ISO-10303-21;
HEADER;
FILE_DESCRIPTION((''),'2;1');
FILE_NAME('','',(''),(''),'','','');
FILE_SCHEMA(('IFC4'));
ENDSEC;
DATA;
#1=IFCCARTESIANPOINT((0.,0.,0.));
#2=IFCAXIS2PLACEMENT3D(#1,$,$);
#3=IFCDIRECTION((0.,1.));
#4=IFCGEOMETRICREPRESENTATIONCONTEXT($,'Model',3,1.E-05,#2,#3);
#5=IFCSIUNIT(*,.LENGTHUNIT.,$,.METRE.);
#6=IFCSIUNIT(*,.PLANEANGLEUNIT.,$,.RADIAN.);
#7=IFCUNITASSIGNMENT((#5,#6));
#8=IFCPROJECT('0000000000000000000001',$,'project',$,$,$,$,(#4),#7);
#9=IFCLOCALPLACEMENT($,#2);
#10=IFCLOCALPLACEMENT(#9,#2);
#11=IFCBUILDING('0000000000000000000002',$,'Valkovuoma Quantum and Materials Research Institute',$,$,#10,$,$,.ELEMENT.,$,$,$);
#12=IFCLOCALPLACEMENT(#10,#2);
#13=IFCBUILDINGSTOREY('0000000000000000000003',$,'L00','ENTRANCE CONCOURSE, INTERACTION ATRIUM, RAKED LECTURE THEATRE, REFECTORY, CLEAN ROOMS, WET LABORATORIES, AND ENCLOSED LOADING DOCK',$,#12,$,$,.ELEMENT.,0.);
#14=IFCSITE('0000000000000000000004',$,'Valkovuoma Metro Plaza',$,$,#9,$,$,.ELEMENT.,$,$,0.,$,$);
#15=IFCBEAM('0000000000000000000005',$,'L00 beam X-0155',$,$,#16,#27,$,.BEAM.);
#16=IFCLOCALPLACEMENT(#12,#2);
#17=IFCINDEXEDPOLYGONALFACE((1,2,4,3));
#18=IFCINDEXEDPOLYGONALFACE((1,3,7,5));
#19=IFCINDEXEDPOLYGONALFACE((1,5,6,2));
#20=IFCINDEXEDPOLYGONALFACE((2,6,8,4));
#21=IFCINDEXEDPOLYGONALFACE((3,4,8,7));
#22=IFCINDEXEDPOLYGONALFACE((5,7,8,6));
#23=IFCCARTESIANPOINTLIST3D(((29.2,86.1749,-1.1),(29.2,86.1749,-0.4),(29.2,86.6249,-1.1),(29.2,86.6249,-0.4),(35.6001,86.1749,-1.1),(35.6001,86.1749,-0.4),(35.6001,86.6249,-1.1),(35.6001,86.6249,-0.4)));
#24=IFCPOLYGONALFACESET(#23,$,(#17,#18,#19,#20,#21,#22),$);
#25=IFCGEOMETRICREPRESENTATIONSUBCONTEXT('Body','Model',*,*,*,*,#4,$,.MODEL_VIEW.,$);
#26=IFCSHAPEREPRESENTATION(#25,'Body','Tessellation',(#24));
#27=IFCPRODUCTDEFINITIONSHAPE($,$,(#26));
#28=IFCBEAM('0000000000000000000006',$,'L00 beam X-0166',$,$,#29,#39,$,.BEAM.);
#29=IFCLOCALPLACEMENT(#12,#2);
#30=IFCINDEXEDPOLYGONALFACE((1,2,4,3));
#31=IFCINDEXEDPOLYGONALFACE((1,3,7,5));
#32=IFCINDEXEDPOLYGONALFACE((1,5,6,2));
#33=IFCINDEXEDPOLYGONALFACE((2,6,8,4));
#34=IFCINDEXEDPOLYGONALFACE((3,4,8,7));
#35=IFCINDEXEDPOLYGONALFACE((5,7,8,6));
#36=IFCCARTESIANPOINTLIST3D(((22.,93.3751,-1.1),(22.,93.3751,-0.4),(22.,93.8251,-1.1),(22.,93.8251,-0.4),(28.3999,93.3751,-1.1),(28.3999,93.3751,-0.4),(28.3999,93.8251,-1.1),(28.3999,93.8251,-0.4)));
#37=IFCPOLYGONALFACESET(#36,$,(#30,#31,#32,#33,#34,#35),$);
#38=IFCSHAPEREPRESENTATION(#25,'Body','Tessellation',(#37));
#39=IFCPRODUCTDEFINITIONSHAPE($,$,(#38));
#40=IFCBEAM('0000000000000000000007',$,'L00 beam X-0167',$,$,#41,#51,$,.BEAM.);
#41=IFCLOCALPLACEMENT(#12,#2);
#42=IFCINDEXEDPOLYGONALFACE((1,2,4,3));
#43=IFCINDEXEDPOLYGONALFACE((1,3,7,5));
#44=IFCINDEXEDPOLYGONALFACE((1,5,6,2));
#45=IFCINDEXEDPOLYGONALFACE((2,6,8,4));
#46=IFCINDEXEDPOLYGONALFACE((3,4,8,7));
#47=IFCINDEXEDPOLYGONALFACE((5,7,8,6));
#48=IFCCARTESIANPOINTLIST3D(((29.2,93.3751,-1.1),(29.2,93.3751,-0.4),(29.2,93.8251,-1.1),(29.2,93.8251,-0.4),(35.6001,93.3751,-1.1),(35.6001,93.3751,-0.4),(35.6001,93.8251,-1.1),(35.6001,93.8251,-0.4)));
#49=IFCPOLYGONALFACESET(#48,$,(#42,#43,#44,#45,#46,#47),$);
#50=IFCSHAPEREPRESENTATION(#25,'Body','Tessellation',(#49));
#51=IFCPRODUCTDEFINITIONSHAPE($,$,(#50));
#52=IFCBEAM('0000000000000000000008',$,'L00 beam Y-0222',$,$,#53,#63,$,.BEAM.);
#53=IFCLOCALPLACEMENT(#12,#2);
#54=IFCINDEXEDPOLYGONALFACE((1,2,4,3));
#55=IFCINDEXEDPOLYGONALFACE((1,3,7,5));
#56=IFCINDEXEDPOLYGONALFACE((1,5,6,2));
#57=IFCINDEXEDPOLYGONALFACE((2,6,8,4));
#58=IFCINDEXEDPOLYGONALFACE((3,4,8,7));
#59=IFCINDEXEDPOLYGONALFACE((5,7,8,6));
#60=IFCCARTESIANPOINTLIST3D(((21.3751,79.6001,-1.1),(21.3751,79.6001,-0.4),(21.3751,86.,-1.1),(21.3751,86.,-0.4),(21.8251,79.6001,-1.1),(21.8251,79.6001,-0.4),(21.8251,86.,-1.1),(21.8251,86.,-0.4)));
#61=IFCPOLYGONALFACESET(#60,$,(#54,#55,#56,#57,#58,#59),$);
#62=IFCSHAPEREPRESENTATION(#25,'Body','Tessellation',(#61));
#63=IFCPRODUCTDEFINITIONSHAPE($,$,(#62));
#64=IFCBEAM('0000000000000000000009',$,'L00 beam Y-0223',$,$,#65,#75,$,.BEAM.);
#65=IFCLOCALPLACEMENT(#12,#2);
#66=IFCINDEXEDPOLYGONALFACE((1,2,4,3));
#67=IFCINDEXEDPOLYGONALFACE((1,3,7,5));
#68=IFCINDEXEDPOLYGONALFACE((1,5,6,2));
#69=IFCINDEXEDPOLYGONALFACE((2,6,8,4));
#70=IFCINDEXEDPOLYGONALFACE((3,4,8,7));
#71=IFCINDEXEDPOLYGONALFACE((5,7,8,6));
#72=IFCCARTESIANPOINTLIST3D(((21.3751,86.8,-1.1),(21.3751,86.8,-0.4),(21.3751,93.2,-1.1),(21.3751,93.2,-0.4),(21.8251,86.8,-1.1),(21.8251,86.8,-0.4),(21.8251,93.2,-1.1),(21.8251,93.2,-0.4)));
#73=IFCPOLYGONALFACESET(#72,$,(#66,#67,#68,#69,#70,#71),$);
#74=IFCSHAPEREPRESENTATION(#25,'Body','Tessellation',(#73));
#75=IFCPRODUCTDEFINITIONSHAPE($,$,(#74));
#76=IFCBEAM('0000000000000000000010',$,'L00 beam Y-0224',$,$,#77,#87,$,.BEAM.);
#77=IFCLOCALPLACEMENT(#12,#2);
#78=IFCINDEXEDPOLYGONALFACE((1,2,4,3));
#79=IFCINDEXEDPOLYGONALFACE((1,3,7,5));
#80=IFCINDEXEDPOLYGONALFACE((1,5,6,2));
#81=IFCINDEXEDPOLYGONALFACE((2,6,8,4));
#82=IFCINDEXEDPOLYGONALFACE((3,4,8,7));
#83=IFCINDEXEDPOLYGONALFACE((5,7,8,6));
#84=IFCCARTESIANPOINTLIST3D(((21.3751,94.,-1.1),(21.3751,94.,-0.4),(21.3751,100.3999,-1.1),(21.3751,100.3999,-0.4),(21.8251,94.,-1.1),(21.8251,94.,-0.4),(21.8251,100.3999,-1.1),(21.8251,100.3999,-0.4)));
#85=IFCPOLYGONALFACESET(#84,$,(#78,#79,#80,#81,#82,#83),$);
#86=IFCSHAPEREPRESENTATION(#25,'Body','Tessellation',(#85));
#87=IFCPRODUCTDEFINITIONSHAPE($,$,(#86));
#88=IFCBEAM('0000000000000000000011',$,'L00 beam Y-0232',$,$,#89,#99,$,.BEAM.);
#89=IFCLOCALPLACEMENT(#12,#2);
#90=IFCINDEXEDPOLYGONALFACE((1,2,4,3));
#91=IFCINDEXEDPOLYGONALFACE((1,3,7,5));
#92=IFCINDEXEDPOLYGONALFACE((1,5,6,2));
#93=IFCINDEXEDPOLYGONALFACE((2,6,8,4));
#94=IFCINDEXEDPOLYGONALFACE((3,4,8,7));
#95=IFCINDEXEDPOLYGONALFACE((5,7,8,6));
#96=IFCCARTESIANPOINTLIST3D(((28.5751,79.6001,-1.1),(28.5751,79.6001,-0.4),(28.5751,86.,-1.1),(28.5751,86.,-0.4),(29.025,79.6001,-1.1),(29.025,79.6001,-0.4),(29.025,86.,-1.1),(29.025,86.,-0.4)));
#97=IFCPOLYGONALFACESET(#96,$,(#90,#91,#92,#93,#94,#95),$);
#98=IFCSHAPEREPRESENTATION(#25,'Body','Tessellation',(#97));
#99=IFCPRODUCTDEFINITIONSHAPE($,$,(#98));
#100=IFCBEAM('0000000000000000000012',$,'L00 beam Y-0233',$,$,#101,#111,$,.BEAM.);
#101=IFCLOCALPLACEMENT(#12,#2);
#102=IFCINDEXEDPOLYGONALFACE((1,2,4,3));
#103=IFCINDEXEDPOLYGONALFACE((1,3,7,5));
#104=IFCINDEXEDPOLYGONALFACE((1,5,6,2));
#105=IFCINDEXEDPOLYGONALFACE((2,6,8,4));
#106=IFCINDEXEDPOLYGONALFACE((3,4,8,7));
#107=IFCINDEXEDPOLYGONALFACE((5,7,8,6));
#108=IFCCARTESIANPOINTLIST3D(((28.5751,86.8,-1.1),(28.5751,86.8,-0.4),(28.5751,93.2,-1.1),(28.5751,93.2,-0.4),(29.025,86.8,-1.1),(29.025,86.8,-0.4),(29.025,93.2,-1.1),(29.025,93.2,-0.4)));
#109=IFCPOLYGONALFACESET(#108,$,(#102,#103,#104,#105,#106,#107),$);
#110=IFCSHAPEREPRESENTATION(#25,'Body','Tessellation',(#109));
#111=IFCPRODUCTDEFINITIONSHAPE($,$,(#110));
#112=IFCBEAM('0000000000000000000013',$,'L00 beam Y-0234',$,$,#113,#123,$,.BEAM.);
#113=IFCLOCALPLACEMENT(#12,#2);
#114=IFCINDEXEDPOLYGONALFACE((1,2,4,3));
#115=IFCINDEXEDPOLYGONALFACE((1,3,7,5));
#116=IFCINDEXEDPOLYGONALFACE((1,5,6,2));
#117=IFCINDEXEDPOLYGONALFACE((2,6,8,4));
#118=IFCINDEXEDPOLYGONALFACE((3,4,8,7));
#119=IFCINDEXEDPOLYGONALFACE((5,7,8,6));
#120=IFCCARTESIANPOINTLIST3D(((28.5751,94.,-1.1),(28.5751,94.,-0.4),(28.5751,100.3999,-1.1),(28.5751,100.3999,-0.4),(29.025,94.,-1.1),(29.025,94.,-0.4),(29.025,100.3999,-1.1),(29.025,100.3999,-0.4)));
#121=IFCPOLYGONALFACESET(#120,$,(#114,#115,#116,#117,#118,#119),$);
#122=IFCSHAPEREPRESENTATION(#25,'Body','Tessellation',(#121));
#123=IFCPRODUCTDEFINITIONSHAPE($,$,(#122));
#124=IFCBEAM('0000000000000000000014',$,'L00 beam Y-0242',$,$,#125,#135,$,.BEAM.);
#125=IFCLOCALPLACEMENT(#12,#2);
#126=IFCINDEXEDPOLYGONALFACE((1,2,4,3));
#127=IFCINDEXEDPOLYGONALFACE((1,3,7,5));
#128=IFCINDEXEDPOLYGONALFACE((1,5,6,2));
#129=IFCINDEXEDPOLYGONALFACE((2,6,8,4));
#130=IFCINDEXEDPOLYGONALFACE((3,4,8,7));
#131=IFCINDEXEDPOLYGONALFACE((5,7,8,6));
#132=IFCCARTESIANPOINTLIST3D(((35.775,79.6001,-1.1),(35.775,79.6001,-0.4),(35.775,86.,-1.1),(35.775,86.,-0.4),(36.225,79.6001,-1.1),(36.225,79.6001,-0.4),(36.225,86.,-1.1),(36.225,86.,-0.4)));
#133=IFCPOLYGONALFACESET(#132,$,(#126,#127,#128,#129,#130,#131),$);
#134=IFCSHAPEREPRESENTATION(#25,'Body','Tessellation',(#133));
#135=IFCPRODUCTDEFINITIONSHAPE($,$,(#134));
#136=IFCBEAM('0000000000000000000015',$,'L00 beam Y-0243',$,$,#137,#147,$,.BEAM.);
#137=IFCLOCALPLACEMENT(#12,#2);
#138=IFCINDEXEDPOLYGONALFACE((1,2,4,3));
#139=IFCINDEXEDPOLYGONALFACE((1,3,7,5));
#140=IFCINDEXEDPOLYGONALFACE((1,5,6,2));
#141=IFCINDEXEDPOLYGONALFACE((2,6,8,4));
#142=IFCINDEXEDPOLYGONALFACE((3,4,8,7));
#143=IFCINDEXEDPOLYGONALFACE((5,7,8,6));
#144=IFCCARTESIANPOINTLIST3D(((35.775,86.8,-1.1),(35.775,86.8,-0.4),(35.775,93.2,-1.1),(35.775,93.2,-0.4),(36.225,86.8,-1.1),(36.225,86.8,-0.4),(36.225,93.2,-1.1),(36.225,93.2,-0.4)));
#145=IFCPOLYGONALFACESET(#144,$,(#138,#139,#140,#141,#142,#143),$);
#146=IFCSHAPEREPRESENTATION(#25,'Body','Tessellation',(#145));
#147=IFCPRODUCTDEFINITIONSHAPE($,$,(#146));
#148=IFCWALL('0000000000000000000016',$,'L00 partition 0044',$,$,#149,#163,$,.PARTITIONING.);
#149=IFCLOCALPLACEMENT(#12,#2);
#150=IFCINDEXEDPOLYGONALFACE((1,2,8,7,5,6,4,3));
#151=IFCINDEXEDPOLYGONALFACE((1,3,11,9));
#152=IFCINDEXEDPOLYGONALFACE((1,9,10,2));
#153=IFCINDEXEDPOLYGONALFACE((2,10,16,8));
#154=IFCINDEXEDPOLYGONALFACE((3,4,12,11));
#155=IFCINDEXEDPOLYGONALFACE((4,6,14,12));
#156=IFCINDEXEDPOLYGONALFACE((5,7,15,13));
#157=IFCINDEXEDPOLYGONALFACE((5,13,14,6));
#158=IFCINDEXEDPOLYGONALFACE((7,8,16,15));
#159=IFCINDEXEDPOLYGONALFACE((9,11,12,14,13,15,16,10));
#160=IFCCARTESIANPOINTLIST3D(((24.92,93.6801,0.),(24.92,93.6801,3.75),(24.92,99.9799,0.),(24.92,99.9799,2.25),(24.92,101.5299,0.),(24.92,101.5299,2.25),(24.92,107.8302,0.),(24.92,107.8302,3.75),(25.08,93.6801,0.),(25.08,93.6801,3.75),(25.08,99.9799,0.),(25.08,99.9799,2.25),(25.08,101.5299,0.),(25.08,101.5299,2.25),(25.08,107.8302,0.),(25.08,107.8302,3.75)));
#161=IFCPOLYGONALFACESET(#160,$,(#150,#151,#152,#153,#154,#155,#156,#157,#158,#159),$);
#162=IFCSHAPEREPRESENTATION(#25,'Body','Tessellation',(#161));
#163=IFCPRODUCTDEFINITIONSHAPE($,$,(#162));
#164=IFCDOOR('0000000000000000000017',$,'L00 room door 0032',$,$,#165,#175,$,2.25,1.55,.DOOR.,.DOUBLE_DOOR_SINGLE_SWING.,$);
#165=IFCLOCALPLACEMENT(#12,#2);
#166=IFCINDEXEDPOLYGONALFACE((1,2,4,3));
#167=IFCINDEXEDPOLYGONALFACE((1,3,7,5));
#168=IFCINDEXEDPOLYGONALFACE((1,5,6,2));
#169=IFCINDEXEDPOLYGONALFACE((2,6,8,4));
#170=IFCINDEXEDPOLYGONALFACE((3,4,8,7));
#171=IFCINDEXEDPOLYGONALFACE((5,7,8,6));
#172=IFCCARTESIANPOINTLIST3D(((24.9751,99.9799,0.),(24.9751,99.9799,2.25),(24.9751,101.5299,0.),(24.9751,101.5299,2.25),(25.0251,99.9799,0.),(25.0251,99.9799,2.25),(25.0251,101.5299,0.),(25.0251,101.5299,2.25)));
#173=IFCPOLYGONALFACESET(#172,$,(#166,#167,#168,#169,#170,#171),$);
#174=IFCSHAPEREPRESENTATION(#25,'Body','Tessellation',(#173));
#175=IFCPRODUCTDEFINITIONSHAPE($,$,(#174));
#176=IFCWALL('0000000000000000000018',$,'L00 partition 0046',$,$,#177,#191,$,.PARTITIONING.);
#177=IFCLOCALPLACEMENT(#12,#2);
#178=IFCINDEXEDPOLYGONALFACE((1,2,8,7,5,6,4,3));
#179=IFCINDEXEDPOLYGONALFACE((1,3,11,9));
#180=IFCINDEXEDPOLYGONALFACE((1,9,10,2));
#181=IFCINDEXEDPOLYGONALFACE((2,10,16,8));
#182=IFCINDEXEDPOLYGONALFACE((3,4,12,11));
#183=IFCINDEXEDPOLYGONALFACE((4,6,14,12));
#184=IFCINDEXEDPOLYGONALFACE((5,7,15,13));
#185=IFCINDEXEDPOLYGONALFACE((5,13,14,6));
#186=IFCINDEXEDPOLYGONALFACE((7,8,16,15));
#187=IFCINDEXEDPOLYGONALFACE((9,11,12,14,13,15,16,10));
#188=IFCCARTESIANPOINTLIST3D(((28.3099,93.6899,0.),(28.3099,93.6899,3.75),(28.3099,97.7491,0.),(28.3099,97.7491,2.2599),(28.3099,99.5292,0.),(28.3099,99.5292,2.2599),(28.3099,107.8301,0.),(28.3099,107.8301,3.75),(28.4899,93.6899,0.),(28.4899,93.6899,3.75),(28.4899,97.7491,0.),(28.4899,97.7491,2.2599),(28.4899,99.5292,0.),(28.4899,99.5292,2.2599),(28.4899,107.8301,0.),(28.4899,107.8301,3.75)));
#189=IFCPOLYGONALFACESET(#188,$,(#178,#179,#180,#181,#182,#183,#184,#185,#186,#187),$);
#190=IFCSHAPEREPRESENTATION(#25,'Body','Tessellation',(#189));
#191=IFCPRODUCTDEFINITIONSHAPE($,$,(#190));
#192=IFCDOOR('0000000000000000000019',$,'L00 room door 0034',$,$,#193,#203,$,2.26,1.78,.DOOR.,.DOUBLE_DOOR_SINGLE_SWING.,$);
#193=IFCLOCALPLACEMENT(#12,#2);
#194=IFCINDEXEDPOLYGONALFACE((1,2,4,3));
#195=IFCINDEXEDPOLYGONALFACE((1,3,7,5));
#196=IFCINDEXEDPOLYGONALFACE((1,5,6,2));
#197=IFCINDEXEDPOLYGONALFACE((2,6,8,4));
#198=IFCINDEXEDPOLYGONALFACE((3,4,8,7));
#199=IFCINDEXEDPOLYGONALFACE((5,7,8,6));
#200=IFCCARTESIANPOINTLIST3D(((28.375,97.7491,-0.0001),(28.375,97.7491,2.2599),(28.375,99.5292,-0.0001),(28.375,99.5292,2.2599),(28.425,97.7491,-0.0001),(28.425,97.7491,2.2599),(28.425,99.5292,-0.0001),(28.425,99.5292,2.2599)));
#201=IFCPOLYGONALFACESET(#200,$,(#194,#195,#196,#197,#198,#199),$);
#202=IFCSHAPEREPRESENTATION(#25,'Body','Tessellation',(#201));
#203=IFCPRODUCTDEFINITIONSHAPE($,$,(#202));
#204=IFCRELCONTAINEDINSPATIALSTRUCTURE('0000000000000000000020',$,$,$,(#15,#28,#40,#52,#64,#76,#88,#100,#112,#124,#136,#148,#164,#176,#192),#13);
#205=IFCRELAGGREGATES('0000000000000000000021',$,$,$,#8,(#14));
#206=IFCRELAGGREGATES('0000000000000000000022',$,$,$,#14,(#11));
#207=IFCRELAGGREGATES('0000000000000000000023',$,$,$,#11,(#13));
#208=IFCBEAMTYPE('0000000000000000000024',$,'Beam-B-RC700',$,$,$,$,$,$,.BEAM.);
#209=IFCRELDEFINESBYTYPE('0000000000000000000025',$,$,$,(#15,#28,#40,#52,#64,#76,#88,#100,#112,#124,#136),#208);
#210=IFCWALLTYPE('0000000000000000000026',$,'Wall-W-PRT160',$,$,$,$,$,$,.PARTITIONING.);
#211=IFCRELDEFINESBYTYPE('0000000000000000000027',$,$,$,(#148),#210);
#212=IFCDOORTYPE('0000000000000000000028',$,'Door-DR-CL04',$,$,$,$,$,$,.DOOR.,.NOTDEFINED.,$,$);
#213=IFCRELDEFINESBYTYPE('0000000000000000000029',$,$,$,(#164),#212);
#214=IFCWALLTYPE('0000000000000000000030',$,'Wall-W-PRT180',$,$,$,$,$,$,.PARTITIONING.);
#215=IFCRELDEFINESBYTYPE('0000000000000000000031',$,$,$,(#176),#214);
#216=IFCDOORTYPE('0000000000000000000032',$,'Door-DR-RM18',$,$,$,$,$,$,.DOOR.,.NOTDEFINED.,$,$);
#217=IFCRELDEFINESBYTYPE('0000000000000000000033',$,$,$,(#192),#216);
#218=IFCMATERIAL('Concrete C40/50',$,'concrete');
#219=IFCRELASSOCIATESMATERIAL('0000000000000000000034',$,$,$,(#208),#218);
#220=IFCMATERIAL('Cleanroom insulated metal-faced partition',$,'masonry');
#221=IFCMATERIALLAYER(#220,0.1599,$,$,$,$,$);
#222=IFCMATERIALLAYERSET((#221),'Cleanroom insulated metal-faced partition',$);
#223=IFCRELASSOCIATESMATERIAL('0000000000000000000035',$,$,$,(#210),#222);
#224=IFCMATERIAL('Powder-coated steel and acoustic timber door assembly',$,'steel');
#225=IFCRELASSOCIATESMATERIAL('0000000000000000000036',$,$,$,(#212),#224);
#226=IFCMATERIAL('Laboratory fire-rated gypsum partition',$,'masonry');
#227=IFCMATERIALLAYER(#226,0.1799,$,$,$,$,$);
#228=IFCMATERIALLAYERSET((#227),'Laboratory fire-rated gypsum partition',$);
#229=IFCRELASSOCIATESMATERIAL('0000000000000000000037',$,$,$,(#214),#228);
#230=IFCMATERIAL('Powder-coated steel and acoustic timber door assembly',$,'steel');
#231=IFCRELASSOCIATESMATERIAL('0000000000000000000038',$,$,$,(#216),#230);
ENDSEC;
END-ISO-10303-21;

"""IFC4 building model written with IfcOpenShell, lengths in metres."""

from ifc_helpers import new_model, si_unit, direction, frame, frame_2d, origin, origin_2d, place, context, subcontext, project, spatial, rectangle, extrude, material, layer, layer_set, material_profile, profile_set, type_object, element, fill, save


model = new_model("IFC4")

# Units and contexts
model_context = context("Model", 3, precision=1e-05, world=origin(), true_north=direction((0.0, 1.0)))
body_context = subcontext(model_context, "Body", "Model", "MODEL_VIEW")
ifc_project = project(units=[si_unit("LENGTHUNIT", "METRE"), si_unit("PLANEANGLEUNIT", "RADIAN")], contexts=[model_context])

# Site, building, storey
site_placement = place(None, origin())
site = spatial("IfcSite", under=ifc_project, at=site_placement, Name="Valkovuoma Metro Plaza", CompositionType="ELEMENT", RefElevation=0.0)
building_placement = place(site_placement, origin())
building = spatial("IfcBuilding", under=site, at=building_placement, Name="Valkovuoma Quantum and Materials Research Institute", CompositionType="ELEMENT")
storey_placement = place(building_placement, origin())
storey = spatial("IfcBuildingStorey", under=building, at=storey_placement, Name="L00", Description="ENTRANCE CONCOURSE, INTERACTION ATRIUM, RAKED LECTURE THEATRE, REFECTORY, CLEAN ROOMS, WET LABORATORIES, AND ENCLOSED LOADING DOCK", CompositionType="ELEMENT", Elevation=0.0)

# Beams
ifc_material_1 = material(Name="Concrete C40/50", Category="concrete")
ifc_material_profile_1 = material_profile(ifc_material_1, rectangle(XDim=0.45, YDim=0.7, at=origin_2d()), Name="Concrete C40/50")
ifc_profile_set_1 = profile_set([ifc_material_profile_1], Name="Concrete C40/50")
beam_type_1 = type_object("IfcBeamType", Name="Beam-B-RC700", PredefinedType="BEAM", material=ifc_profile_set_1)
beam_1_placement = place(storey_placement, frame((29.2, 86.3999, -0.75), z_axis=(1.0, 0.0, 0.0), x_axis=(0.0, 1.0, 0.0)))
element("IfcBeam", 1, at=beam_1_placement, inside=storey, type_object=beam_type_1, Name="L00 beam X-0155", PredefinedType="BEAM", context=body_context, shape_type="SweptSolid", body=[
    extrude(rectangle(XDim=0.45, YDim=0.7, at=origin_2d()), origin(), (0.0, 0.0, 1.0), 6.4001),
])
beam_2_placement = place(storey_placement, frame((22.0, 93.6001, -0.75), z_axis=(1.0, 0.0, 0.0), x_axis=(0.0, 1.0, 0.0)))
element("IfcBeam", 2, at=beam_2_placement, inside=storey, type_object=beam_type_1, Name="L00 beam X-0166", PredefinedType="BEAM", context=body_context, shape_type="SweptSolid", body=[
    extrude(rectangle(XDim=0.45, YDim=0.7, at=origin_2d()), origin(), (0.0, 0.0, 1.0), 6.3999),
])
beam_3_placement = place(storey_placement, frame((29.2, 93.6001, -0.75), z_axis=(1.0, 0.0, 0.0), x_axis=(0.0, 1.0, 0.0)))
element("IfcBeam", 3, at=beam_3_placement, inside=storey, type_object=beam_type_1, Name="L00 beam X-0167", PredefinedType="BEAM", context=body_context, shape_type="SweptSolid", body=[
    extrude(rectangle(XDim=0.45, YDim=0.7, at=origin_2d()), origin(), (0.0, 0.0, 1.0), 6.4001),
])
for number, where, z_axis, x_axis, name in (
    (4, (21.6001, 79.6001, -0.75), (0.0, 1.0, 0.0), (-1.0, 0.0, 0.0), "L00 beam Y-0222"),
    (5, (21.6001, 86.8, -0.75), (0.0, 1.0, 0.0), (-1.0, 0.0, 0.0), "L00 beam Y-0223"),
    (6, (21.6001, 94.0, -0.75), (0.0, 1.0, 0.0), (-1.0, 0.0, 0.0), "L00 beam Y-0224"),
    (7, (28.8, 79.6001, -0.75), (0.0, 1.0, 0.0), (-1.0, 0.0, 0.0), "L00 beam Y-0232"),
    (8, (28.8, 86.8, -0.75), (0.0, 1.0, 0.0), (-1.0, 0.0, 0.0), "L00 beam Y-0233"),
    (9, (28.8, 94.0, -0.75), (0.0, 1.0, 0.0), (-1.0, 0.0, 0.0), "L00 beam Y-0234"),
    (10, (36.0, 79.6001, -0.75), (0.0, 1.0, 0.0), (-1.0, 0.0, 0.0), "L00 beam Y-0242"),
    (11, (36.0, 86.8, -0.75), (0.0, 1.0, 0.0), (-1.0, 0.0, 0.0), "L00 beam Y-0243"),
):
    element("IfcBeam", number, at=place(storey_placement, frame(where, z_axis=z_axis, x_axis=x_axis)), inside=storey, type_object=beam_type_1, Name=name, PredefinedType="BEAM", context=body_context, shape_type="SweptSolid", body=[
        extrude(rectangle(XDim=0.45, YDim=0.7, at=origin_2d()), origin(), (0.0, 0.0, 1.0), 6.3999),
    ])

# Walls, openings, doors
ifc_material_2 = material(Name="Cleanroom insulated metal-faced partition", Category="masonry")
ifc_layer_1 = layer(ifc_material_2, 0.1599)
ifc_layer_set_1 = layer_set([ifc_layer_1], Name="Cleanroom insulated metal-faced partition")
wall_type_1 = type_object("IfcWallType", Name="Wall-W-PRT160", PredefinedType="PARTITIONING", material=ifc_layer_set_1)
wall_1_placement = place(storey_placement, frame((25.0, 93.6799, 0.0), z_axis=(0.0, 0.0, 1.0), x_axis=(0.0, 1.0, 0.0)))
wall_1 = element("IfcWall", 12, at=wall_1_placement, inside=storey, type_object=wall_type_1, Name="L00 partition 0044", PredefinedType="PARTITIONING", context=body_context, shape_type="SweptSolid", body=[
    extrude(rectangle(XDim=14.1501, YDim=0.1599, at=frame_2d((7.0752, 0.0))), origin(), (0.0, 0.0, 1.0), 3.75),
])
opening_1_placement = place(wall_1_placement, frame((6.3, 0.0, 0.0)))
opening_1 = element("IfcOpeningElement", 13, at=opening_1_placement, cuts=wall_1, PredefinedType="OPENING", context=body_context, shape_type="SweptSolid", body=[
    extrude(rectangle(XDim=1.55, YDim=2.25, at=frame_2d((0.7749, 1.125))), frame((0.0, 0.0898, 0.0), z_axis=(0.0, -1.0, 0.0), x_axis=(1.0, 0.0, 0.0)), (0.0, 0.0, 1.0), 0.1799),
])
ifc_material_3 = material(Name="Powder-coated steel and acoustic timber door assembly", Category="steel")
door_type_1 = type_object("IfcDoorType", Name="Door-DR-CL04", OperationType="NOTDEFINED", PredefinedType="DOOR", material=ifc_material_3)
door_1_placement = place(opening_1_placement, origin())
door_1 = element("IfcDoor", 14, at=door_1_placement, inside=storey, type_object=door_type_1, Name="L00 room door 0032", OperationType="DOUBLE_DOOR_SINGLE_SWING", OverallHeight=2.25, OverallWidth=1.55, PredefinedType="DOOR", context=body_context, shape_type="SweptSolid", body=[
    extrude(rectangle(XDim=1.55, YDim=2.25, at=frame_2d((0.7749, 1.125))), frame((0.0, 0.0249, 0.0), z_axis=(0.0, -1.0, 0.0), x_axis=(1.0, 0.0, 0.0)), (0.0, 0.0, 1.0), 0.05),
])
fill(opening_1, door_1)
ifc_material_4 = material(Name="Laboratory fire-rated gypsum partition", Category="masonry")
ifc_layer_2 = layer(ifc_material_4, 0.1799)
ifc_layer_set_2 = layer_set([ifc_layer_2], Name="Laboratory fire-rated gypsum partition")
wall_type_2 = type_object("IfcWallType", Name="Wall-W-PRT180", PredefinedType="PARTITIONING", material=ifc_layer_set_2)
wall_2_placement = place(storey_placement, frame((28.3999, 93.6899, 0.0), z_axis=(0.0, 0.0, 1.0), x_axis=(0.0, 1.0, 0.0)))
wall_2 = element("IfcWall", 15, at=wall_2_placement, inside=storey, type_object=wall_type_2, Name="L00 partition 0046", PredefinedType="PARTITIONING", context=body_context, shape_type="SweptSolid", body=[
    extrude(rectangle(XDim=14.1401, YDim=0.1799, at=frame_2d((7.0701, 0.0))), origin(), (0.0, 0.0, 1.0), 3.75),
])
opening_2_placement = place(wall_2_placement, frame((4.0591, 0.0, 0.0)))
opening_2 = element("IfcOpeningElement", 16, at=opening_2_placement, cuts=wall_2, PredefinedType="OPENING", context=body_context, shape_type="SweptSolid", body=[
    extrude(rectangle(XDim=1.78, YDim=2.26, at=frame_2d((0.8901, 1.1299))), frame((0.0, 0.1001, 0.0), z_axis=(0.0, -1.0, 0.0), x_axis=(1.0, 0.0, 0.0)), (0.0, 0.0, 1.0), 0.2),
])
ifc_material_5 = material(Name="Powder-coated steel and acoustic timber door assembly", Category="steel")
door_type_2 = type_object("IfcDoorType", Name="Door-DR-RM18", OperationType="NOTDEFINED", PredefinedType="DOOR", material=ifc_material_5)
door_2_placement = place(opening_2_placement, origin())
door_2 = element("IfcDoor", 17, at=door_2_placement, inside=storey, type_object=door_type_2, Name="L00 room door 0034", OperationType="DOUBLE_DOOR_SINGLE_SWING", OverallHeight=2.26, OverallWidth=1.78, PredefinedType="DOOR", context=body_context, shape_type="SweptSolid", body=[
    extrude(rectangle(XDim=1.78, YDim=2.26, at=frame_2d((0.8901, 1.1299))), frame((0.0, 0.0249, 0.0), z_axis=(0.0, -1.0, 0.0), x_axis=(1.0, 0.0, 0.0)), (0.0, 0.0, 1.0), 0.05),
])
fill(opening_2, door_2)

save(model, "model.ifc")
